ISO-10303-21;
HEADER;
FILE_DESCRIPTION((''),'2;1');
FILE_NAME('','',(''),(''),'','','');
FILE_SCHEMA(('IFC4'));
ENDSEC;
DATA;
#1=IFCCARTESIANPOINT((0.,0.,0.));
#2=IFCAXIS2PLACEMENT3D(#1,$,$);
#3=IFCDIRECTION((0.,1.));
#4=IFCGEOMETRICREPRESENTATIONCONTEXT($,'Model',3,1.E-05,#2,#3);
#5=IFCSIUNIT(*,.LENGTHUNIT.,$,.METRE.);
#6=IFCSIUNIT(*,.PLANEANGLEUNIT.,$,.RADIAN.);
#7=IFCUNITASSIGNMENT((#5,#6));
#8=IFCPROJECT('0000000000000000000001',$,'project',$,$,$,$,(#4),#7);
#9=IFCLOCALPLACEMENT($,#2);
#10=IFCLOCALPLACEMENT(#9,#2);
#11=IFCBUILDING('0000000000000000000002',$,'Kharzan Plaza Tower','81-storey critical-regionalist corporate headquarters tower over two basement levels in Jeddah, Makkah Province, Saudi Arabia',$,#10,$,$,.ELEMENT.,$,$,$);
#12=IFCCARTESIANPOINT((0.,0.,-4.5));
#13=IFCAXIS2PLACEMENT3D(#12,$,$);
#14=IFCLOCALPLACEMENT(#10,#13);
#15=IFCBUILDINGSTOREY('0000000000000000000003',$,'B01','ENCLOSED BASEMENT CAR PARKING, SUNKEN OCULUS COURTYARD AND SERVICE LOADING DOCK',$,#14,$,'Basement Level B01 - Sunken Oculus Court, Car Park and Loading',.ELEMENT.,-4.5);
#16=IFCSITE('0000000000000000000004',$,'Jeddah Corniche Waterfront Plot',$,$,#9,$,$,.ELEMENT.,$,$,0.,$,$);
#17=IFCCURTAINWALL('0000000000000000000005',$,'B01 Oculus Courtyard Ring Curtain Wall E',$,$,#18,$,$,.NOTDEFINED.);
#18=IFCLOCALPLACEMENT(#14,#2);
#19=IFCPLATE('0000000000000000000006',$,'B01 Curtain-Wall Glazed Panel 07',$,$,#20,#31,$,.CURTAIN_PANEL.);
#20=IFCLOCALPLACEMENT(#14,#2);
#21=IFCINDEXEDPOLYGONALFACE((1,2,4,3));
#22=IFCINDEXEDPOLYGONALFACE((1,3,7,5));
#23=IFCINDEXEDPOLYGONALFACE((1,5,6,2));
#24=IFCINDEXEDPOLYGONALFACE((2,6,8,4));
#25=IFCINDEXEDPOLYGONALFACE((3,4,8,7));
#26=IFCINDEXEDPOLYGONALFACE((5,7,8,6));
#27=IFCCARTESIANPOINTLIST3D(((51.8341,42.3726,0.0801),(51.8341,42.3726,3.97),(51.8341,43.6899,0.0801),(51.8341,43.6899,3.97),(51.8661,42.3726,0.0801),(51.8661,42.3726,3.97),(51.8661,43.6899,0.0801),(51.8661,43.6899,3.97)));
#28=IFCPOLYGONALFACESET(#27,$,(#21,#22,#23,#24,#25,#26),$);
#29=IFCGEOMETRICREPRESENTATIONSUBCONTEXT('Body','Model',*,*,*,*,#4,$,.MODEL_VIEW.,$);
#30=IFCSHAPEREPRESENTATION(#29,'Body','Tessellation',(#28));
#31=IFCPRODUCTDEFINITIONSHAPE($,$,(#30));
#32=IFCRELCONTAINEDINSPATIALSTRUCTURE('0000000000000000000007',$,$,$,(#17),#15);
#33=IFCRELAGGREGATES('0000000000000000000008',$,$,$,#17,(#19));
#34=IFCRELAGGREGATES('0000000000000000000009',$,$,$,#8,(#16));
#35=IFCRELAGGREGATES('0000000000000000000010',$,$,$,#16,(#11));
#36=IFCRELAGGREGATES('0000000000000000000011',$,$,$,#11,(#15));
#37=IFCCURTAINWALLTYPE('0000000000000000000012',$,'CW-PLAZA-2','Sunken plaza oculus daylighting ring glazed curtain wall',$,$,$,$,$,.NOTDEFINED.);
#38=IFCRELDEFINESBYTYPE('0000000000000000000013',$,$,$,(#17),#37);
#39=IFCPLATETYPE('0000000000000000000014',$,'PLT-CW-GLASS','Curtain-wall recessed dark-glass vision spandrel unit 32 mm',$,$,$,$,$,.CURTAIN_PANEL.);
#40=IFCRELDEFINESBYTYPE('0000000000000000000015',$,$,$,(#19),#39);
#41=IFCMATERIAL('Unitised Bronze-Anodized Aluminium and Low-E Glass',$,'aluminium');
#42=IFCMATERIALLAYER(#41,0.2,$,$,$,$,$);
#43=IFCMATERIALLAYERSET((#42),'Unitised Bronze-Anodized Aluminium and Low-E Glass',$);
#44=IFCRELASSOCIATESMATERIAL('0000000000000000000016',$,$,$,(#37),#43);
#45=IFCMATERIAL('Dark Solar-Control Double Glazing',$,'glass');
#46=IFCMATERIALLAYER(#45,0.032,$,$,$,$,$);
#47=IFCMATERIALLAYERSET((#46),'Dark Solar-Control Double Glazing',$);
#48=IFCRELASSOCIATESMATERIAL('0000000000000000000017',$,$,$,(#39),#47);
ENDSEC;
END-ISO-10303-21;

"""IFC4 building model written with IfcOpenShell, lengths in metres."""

from ifc_helpers import new_model, si_unit, direction, frame, origin, origin_2d, place, context, subcontext, project, spatial, rectangle, extrude, source, transform, mapped, material, layer, layer_set, type_object, element, aggregate, save


model = new_model("IFC4")

# Units and contexts
model_context = context("Model", 3, precision=1e-05, world=origin(), true_north=direction((0.0, 1.0)))
body_context = subcontext(model_context, "Body", "Model", "MODEL_VIEW")
ifc_project = project(units=[si_unit("LENGTHUNIT", "METRE"), si_unit("PLANEANGLEUNIT", "RADIAN")], contexts=[model_context])

# Site, building, storey
site_placement = place(None, origin())
site = spatial("IfcSite", under=ifc_project, at=site_placement, Name="Jeddah Corniche Waterfront Plot", CompositionType="ELEMENT", RefElevation=0.0)
building_placement = place(site_placement, origin())
building = spatial("IfcBuilding", under=site, at=building_placement, Name="Kharzan Plaza Tower", Description="81-storey critical-regionalist corporate headquarters tower over two basement levels in Jeddah, Makkah Province, Saudi Arabia", CompositionType="ELEMENT")
storey_placement = place(building_placement, frame((0.0, 0.0, -4.5)))
storey = spatial("IfcBuildingStorey", under=building, at=storey_placement, Name="B01", Description="ENCLOSED BASEMENT CAR PARKING, SUNKEN OCULUS COURTYARD AND SERVICE LOADING DOCK", LongName="Basement Level B01 - Sunken Oculus Court, Car Park and Loading", CompositionType="ELEMENT", Elevation=-4.5)

# Curtain wall, plate
ifc_material_1 = material(Name="Unitised Bronze-Anodized Aluminium and Low-E Glass", Category="aluminium")
ifc_layer_1 = layer(ifc_material_1, 0.2)
ifc_layer_set_1 = layer_set([ifc_layer_1], Name="Unitised Bronze-Anodized Aluminium and Low-E Glass")
curtain_wall_type = type_object("IfcCurtainWallType", Name="CW-PLAZA-2", Description="Sunken plaza oculus daylighting ring glazed curtain wall", PredefinedType="NOTDEFINED", material=ifc_layer_set_1)
curtain_wall_placement = place(storey_placement, origin())
curtain_wall = element("IfcCurtainWall", 1, at=curtain_wall_placement, inside=storey, type_object=curtain_wall_type, Name="B01 Oculus Courtyard Ring Curtain Wall E", PredefinedType="NOTDEFINED")
ifc_material_2 = material(Name="Dark Solar-Control Double Glazing", Category="glass")
ifc_layer_2 = layer(ifc_material_2, 0.032)
ifc_layer_set_2 = layer_set([ifc_layer_2], Name="Dark Solar-Control Double Glazing")
plate_type = type_object("IfcPlateType", Name="PLT-CW-GLASS", Description="Curtain-wall recessed dark-glass vision spandrel unit 32 mm", PredefinedType="CURTAIN_PANEL", material=ifc_layer_set_2)
shared_shape_1 = source(origin(), body_context, "Body", "SweptSolid", [
    extrude(rectangle(XDim=1.3174, YDim=0.032, at=origin_2d()), origin(), (0.0, 0.0, 1.0), 3.8899),
])
plate_1_placement = place(storey_placement, frame((51.8501, 43.0312, 0.0801), z_axis=(0.0, 0.0, 1.0), x_axis=(0.0, 1.0, 0.0)))
plate_1 = element("IfcPlate", 2, at=plate_1_placement, type_object=plate_type, Name="B01 Curtain-Wall Glazed Panel 07", PredefinedType="CURTAIN_PANEL", context=body_context, shape_type="MappedRepresentation", body=[
    mapped(shared_shape_1, transform((0.0, 0.0, 0.0), x_axis=(1.0, 0.0, 0.0), y_axis=(0.0, 1.0, 0.0), z_axis=(0.0, 0.0, 1.0))),
])
aggregate(curtain_wall, [plate_1])

save(model, "model.ifc")
